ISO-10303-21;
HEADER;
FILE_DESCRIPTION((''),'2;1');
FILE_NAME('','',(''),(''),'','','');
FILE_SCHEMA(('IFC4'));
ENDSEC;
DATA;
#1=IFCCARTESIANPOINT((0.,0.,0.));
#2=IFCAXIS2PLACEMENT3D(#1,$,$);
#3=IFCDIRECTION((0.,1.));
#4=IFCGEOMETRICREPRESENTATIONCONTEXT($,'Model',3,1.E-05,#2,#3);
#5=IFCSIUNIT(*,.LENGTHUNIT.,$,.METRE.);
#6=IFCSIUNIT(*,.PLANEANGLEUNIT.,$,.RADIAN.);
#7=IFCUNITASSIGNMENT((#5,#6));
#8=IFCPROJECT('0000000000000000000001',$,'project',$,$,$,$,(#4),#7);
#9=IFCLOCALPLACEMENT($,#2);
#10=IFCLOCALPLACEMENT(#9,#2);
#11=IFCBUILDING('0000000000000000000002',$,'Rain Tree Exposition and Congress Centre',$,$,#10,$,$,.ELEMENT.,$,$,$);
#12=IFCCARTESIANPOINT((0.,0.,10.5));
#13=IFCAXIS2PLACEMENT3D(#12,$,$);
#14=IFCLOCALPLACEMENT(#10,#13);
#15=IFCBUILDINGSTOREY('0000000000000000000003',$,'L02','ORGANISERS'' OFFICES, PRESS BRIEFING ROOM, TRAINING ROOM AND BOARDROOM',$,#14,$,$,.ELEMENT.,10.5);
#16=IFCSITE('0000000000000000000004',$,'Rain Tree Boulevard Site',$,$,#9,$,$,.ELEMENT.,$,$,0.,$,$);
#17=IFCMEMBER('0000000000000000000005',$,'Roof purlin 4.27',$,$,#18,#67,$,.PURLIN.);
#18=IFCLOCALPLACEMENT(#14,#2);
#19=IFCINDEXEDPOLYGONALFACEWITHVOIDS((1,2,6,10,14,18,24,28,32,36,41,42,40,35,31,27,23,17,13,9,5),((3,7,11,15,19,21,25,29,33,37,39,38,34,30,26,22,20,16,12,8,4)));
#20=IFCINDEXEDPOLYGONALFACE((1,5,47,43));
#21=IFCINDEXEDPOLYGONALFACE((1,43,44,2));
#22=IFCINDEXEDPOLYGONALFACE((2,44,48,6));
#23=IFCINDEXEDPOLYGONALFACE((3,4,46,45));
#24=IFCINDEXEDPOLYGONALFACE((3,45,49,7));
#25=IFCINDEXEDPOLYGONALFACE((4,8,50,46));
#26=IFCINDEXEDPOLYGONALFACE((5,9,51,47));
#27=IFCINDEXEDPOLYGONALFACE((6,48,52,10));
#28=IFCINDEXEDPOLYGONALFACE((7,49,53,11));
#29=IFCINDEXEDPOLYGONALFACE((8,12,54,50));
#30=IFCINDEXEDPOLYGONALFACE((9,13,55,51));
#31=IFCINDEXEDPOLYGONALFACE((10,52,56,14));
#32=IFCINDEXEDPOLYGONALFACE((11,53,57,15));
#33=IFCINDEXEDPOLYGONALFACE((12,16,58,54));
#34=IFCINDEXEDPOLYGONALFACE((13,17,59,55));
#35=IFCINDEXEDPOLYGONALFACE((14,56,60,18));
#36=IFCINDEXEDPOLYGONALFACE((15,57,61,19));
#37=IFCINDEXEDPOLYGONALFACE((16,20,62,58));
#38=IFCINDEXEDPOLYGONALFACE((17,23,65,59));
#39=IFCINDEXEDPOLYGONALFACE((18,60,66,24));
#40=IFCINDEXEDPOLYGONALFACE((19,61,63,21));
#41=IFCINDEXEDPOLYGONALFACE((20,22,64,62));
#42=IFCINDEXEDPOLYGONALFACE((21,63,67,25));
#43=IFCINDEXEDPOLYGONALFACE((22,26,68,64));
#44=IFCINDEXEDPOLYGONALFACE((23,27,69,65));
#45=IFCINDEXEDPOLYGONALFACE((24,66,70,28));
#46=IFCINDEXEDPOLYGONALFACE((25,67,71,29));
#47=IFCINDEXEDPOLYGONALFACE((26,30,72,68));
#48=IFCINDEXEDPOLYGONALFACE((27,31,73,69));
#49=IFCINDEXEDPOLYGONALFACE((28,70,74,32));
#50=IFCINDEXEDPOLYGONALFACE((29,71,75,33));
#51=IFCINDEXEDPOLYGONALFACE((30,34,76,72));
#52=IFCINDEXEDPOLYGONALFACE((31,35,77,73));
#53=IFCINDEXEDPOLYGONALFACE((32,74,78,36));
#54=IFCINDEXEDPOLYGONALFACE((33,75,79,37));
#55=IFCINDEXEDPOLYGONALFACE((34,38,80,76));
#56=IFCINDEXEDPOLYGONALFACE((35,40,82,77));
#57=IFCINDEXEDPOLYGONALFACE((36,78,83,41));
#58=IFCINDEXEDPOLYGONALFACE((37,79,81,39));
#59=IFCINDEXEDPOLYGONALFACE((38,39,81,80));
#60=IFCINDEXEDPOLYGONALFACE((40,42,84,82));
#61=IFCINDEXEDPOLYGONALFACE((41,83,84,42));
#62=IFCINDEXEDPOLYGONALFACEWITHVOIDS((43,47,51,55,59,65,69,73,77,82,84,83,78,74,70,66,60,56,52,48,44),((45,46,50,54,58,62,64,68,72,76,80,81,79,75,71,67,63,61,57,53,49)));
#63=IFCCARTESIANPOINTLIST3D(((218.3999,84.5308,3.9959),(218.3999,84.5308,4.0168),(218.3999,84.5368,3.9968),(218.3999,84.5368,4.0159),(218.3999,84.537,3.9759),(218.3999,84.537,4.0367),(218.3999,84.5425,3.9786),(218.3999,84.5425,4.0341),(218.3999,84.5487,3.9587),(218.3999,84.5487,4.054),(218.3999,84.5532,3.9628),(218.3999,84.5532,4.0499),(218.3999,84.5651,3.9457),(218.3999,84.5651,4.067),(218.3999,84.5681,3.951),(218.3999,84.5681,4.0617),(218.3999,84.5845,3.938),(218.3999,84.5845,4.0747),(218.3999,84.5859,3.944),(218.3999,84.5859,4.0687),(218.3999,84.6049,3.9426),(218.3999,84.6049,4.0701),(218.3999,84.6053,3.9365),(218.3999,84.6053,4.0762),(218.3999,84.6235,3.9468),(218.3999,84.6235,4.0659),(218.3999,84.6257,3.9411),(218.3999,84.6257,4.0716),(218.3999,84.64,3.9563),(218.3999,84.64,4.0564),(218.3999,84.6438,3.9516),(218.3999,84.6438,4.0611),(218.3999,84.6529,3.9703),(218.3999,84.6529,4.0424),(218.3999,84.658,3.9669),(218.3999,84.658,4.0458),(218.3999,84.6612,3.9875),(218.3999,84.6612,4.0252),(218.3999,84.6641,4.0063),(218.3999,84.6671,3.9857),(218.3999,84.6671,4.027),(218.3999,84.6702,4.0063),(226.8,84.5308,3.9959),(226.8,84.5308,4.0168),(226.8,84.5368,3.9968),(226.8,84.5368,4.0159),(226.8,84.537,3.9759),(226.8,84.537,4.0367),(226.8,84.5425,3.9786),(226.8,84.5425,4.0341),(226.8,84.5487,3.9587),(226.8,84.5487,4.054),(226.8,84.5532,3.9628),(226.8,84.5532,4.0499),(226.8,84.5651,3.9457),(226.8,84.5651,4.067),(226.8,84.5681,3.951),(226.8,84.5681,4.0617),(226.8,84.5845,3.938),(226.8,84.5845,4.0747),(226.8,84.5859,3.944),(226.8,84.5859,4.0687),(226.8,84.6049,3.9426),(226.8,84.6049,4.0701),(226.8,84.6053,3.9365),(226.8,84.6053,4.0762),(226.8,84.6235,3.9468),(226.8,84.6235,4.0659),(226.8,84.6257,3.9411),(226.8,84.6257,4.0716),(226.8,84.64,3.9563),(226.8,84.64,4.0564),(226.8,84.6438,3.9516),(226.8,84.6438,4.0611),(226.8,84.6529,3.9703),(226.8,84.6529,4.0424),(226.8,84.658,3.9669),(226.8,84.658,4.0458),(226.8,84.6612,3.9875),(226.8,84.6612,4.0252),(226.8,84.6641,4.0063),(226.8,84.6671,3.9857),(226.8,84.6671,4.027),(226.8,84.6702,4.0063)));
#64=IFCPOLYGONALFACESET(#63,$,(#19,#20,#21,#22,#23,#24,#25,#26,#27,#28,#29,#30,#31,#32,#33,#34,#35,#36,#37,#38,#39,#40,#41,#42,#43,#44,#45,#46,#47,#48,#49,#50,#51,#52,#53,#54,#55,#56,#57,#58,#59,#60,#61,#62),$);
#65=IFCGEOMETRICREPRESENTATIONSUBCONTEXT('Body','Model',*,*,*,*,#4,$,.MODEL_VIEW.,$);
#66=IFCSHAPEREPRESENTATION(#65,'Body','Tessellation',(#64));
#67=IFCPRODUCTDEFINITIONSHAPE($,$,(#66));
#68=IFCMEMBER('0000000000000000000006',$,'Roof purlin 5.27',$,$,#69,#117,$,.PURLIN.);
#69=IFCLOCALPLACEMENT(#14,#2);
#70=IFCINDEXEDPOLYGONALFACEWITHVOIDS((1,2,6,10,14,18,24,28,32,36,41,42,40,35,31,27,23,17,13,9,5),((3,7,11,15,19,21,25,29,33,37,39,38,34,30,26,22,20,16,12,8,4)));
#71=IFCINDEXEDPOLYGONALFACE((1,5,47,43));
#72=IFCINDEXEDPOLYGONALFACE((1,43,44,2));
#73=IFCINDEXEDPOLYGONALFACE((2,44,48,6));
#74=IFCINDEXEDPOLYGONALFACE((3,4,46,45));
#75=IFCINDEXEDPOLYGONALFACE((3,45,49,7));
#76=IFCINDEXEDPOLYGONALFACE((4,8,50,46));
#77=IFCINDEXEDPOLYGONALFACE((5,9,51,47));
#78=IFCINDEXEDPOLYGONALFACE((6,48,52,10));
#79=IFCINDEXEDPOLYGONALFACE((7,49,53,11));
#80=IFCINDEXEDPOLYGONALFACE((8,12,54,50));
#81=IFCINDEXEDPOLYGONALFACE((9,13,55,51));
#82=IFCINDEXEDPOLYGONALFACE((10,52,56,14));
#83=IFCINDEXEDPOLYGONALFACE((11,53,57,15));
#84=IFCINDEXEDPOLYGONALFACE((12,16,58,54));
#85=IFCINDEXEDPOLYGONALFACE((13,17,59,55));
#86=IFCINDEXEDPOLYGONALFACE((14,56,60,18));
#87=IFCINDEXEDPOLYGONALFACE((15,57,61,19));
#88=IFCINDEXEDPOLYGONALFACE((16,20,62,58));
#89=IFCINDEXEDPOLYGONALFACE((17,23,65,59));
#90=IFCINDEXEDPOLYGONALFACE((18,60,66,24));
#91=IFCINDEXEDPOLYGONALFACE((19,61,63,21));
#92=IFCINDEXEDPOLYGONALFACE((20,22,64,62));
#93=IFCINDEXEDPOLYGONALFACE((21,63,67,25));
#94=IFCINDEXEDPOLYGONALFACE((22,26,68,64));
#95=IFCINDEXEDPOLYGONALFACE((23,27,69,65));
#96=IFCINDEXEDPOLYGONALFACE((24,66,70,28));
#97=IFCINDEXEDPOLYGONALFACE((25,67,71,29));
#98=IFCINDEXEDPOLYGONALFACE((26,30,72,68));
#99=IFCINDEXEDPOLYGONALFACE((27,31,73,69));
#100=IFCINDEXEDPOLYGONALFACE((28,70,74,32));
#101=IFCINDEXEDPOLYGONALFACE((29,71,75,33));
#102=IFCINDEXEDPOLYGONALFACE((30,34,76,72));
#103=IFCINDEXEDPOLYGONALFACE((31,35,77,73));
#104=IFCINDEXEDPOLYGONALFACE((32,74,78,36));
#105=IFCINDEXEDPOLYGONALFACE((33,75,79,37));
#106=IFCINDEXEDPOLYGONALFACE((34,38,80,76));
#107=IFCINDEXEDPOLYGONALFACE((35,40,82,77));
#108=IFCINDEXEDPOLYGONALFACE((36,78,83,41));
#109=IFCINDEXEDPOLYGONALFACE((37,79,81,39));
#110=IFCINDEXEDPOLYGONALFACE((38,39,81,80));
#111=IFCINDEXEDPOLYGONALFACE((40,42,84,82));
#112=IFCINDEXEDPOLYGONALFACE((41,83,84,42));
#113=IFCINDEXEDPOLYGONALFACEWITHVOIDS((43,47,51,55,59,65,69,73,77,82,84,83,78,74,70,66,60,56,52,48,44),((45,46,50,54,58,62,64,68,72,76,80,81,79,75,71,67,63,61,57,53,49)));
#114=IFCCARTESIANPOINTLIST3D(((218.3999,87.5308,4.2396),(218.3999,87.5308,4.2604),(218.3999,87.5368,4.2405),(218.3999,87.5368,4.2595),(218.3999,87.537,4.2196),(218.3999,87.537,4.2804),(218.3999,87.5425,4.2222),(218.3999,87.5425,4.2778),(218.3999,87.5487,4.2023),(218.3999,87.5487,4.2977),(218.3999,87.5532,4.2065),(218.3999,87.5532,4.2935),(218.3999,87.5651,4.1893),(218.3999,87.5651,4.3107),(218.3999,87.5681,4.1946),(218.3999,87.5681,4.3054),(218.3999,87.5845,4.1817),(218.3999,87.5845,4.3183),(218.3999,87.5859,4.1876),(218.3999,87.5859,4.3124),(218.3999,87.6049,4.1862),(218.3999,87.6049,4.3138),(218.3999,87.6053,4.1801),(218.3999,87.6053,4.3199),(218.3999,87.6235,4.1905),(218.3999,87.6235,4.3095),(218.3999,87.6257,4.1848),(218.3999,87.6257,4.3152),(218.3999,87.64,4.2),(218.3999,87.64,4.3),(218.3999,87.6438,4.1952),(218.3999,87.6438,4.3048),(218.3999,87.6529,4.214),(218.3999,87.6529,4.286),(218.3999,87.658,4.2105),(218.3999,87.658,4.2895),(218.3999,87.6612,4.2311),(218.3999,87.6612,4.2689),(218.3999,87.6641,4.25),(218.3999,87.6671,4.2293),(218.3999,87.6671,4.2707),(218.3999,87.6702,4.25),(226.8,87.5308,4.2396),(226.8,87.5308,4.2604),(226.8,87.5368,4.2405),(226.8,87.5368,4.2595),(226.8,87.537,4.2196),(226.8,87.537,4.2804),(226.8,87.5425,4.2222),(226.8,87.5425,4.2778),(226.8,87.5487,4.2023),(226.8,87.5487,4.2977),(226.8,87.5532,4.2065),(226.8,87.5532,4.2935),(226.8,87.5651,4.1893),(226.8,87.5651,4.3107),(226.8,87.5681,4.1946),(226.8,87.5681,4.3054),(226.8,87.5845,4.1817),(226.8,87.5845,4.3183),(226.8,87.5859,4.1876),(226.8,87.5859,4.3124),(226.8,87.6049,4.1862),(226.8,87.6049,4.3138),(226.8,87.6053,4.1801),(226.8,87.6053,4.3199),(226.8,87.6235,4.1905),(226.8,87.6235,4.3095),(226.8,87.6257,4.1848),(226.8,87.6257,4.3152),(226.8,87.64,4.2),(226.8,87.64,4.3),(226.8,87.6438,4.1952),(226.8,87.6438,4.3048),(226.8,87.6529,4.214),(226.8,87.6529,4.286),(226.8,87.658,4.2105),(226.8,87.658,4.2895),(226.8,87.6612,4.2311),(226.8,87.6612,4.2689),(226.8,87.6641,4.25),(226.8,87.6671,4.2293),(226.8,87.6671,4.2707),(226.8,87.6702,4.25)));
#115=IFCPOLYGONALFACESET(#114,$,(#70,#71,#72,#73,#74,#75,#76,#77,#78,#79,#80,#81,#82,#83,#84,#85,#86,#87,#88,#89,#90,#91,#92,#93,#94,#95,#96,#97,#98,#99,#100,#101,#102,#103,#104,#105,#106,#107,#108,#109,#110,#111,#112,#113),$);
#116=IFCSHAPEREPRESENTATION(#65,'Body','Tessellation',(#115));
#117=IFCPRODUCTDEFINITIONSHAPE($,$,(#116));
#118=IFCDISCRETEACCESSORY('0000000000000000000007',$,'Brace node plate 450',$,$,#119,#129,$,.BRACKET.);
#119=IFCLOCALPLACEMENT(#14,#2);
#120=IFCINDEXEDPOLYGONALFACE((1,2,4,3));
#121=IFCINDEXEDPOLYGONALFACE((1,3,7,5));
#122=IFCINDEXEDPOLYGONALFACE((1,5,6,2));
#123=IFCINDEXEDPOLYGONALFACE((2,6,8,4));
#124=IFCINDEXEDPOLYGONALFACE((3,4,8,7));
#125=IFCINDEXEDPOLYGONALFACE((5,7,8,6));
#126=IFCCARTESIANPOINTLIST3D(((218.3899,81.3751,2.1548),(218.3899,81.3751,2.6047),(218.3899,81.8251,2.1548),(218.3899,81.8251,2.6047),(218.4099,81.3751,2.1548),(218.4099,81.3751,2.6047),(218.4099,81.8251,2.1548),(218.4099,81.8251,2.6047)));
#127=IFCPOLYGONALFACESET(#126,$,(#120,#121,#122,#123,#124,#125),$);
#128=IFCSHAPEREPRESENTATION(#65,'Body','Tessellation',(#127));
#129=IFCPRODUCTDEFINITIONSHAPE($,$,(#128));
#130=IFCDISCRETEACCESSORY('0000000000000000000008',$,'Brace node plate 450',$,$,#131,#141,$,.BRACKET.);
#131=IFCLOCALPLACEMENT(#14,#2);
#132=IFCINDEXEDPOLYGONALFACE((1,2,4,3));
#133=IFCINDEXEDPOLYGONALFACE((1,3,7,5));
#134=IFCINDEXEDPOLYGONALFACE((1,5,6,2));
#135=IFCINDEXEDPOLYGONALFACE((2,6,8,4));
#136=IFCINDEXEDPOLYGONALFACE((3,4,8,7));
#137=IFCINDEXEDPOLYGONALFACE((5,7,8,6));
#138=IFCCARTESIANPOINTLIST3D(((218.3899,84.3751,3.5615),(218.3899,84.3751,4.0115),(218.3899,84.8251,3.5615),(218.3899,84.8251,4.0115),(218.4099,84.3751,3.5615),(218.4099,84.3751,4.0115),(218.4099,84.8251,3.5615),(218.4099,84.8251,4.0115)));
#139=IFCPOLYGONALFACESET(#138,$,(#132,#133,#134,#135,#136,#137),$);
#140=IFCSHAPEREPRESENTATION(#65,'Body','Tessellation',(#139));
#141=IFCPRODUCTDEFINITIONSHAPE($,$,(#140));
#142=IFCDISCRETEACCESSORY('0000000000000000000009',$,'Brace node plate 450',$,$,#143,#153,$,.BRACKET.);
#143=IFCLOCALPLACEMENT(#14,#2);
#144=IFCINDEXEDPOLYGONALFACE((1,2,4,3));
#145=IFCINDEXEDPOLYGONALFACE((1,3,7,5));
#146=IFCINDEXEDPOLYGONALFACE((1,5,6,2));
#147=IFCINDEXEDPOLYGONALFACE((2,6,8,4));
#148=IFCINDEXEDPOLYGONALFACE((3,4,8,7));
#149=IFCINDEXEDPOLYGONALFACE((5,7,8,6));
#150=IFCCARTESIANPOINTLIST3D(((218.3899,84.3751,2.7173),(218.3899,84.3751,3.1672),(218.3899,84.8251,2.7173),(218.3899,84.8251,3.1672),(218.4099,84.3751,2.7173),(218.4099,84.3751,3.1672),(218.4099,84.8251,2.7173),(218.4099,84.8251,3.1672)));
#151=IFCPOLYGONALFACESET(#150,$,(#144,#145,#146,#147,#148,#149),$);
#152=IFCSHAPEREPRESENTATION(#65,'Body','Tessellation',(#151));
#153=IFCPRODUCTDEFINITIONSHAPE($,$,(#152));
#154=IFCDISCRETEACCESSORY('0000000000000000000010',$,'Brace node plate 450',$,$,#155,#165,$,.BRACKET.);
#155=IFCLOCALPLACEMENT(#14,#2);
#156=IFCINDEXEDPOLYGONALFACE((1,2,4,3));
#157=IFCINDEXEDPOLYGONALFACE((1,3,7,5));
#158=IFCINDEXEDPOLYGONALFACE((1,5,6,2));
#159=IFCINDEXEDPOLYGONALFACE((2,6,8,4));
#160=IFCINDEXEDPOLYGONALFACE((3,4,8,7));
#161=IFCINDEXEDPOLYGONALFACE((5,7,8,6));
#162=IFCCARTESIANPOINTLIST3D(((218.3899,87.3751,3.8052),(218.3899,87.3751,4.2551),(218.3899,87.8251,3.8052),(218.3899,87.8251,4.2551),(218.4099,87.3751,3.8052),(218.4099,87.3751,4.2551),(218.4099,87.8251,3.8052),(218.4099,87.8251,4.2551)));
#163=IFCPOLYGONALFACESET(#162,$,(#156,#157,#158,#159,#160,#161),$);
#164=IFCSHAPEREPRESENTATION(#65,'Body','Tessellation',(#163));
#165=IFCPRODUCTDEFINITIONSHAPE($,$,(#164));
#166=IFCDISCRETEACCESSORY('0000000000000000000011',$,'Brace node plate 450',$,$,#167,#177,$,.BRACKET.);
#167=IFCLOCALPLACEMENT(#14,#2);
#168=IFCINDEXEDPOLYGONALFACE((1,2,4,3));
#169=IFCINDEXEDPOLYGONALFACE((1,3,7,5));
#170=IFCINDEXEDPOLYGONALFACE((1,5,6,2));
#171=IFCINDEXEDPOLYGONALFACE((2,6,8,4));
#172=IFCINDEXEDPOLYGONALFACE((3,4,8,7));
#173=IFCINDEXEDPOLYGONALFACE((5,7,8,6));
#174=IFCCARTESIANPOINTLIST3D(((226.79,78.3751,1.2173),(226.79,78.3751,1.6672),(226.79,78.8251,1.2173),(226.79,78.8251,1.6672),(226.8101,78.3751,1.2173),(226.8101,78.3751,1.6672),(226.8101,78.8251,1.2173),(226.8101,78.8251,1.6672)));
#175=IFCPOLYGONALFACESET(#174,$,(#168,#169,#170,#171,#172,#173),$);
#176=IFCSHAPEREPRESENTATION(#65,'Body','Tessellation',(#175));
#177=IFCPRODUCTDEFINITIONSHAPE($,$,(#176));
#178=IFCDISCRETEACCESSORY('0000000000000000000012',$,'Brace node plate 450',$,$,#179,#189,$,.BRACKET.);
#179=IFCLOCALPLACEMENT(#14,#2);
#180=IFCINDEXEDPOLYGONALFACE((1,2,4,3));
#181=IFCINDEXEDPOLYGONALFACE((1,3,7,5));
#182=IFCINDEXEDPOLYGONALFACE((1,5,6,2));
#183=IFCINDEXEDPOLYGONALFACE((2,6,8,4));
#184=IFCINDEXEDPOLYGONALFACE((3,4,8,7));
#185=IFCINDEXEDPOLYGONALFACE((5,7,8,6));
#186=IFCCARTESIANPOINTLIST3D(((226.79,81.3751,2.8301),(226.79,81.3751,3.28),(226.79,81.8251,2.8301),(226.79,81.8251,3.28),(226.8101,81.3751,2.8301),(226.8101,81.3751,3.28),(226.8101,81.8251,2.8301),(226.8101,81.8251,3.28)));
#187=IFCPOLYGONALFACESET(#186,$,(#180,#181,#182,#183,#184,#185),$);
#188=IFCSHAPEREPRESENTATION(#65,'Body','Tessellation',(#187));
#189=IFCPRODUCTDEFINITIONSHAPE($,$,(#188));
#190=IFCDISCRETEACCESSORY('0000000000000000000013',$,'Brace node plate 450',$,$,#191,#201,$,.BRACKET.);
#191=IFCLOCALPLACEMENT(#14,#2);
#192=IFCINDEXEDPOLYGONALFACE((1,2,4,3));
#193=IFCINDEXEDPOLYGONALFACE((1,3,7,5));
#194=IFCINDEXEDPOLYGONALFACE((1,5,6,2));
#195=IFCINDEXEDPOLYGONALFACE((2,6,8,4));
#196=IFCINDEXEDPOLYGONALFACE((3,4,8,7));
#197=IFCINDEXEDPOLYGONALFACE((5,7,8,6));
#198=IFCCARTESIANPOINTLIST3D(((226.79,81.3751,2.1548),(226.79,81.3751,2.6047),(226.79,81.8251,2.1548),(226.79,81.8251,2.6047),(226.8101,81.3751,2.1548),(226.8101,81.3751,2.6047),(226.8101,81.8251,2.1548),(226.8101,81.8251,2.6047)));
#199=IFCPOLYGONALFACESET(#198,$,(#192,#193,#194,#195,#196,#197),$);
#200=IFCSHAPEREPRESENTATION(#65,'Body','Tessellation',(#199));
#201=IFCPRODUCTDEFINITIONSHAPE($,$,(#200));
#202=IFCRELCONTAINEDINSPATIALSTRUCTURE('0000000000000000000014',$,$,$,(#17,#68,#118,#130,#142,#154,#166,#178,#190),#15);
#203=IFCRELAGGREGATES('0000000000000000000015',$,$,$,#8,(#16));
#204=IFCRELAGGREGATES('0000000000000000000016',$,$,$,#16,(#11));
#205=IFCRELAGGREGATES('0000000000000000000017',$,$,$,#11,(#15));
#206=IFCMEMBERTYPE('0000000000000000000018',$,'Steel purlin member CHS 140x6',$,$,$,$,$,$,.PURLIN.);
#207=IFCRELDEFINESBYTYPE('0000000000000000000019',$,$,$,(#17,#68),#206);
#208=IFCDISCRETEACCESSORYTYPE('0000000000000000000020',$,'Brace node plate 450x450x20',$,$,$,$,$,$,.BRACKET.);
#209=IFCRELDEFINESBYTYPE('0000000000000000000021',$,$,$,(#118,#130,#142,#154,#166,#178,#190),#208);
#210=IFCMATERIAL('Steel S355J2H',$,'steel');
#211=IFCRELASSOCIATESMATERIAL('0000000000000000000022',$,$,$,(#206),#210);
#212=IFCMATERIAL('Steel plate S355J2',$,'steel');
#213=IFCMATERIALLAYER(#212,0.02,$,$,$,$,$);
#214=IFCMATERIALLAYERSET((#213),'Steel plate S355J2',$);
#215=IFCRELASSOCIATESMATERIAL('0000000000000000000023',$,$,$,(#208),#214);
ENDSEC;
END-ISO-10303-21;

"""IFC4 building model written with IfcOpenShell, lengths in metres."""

from ifc_helpers import new_model, si_unit, direction, frame, origin, origin_2d, place, context, subcontext, project, spatial, rectangle, hollow_circle, extrude, material, layer, layer_set, material_profile, profile_set, type_object, element, save


model = new_model("IFC4")

# Units and contexts
model_context = context("Model", 3, precision=1e-05, world=origin(), true_north=direction((0.0, 1.0)))
body_context = subcontext(model_context, "Body", "Model", "MODEL_VIEW")
ifc_project = project(units=[si_unit("LENGTHUNIT", "METRE"), si_unit("PLANEANGLEUNIT", "RADIAN")], contexts=[model_context])

# Site, building, storey
site_placement = place(None, origin())
site = spatial("IfcSite", under=ifc_project, at=site_placement, Name="Rain Tree Boulevard Site", CompositionType="ELEMENT", RefElevation=0.0)
building_placement = place(site_placement, origin())
building = spatial("IfcBuilding", under=site, at=building_placement, Name="Rain Tree Exposition and Congress Centre", CompositionType="ELEMENT")
storey_placement = place(building_placement, frame((0.0, 0.0, 10.5)))
storey = spatial("IfcBuildingStorey", under=building, at=storey_placement, Name="L02", Description="ORGANISERS' OFFICES, PRESS BRIEFING ROOM, TRAINING ROOM AND BOARDROOM", CompositionType="ELEMENT", Elevation=10.5)

# Members
ifc_material_1 = material(Name="Steel S355J2H", Category="steel")
ifc_material_profile_1 = material_profile(ifc_material_1, hollow_circle(Radius=0.0701, WallThickness=0.0061, at=origin_2d()), Name="CHS 140x6")
ifc_profile_set_1 = profile_set([ifc_material_profile_1], Name="Steel S355J2H")
member_type_1 = type_object("IfcMemberType", Name="Steel purlin member CHS 140x6", PredefinedType="PURLIN", material=ifc_profile_set_1)
for number, where, z_axis, x_axis, name in (
    (1, (218.3999, 84.6001, 4.0063), (1.0, 0.0, 0.0), (0.0, 1.0, 0.0), "Roof purlin 4.27"),
    (2, (218.3999, 87.6001, 4.25), (1.0, 0.0, 0.0), (0.0, 1.0, 0.0), "Roof purlin 5.27"),
):
    element("IfcMember", number, at=place(storey_placement, frame(where, z_axis=z_axis, x_axis=x_axis)), inside=storey, type_object=member_type_1, Name=name, PredefinedType="PURLIN", context=body_context, shape_type="SweptSolid", body=[
        extrude(hollow_circle(Radius=0.0701, WallThickness=0.0061, at=origin_2d()), origin(), (0.0, 0.0, 1.0), 8.4001),
    ])

# Discrete accessories
ifc_material_2 = material(Name="Steel plate S355J2", Category="steel")
ifc_layer = layer(ifc_material_2, 0.02)
ifc_layer_set = layer_set([ifc_layer], Name="Steel plate S355J2")
discrete_accessory_type = type_object("IfcDiscreteAccessoryType", Name="Brace node plate 450x450x20", PredefinedType="BRACKET", material=ifc_layer_set)
for number, where, z_axis, x_axis, name in (
    (3, (218.3999, 81.6001, 2.1548), (0.0, 0.0, 1.0), (0.0, 1.0, 0.0), "Brace node plate 450"),
    (4, (218.3999, 84.6001, 3.5615), (0.0, 0.0, 1.0), (0.0, -1.0, 0.0), "Brace node plate 450"),
    (5, (218.3999, 84.6001, 2.7173), (0.0, 0.0, 1.0), (0.0, 1.0, 0.0), "Brace node plate 450"),
    (6, (218.3999, 87.6001, 3.8052), (0.0, 0.0, 1.0), (0.0, 1.0, 0.0), "Brace node plate 450"),
    (7, (226.8, 78.6001, 1.2173), (0.0, 0.0, 1.0), (0.0, 1.0, 0.0), "Brace node plate 450"),
    (8, (226.8, 81.6001, 2.8301), (0.0, 0.0, 1.0), (0.0, -1.0, 0.0), "Brace node plate 450"),
    (9, (226.8, 81.6001, 2.1548), (0.0, 0.0, 1.0), (0.0, 1.0, 0.0), "Brace node plate 450"),
):
    element("IfcDiscreteAccessory", number, at=place(storey_placement, frame(where, z_axis=z_axis, x_axis=x_axis)), inside=storey, type_object=discrete_accessory_type, Name=name, PredefinedType="BRACKET", context=body_context, shape_type="SweptSolid", body=[
        extrude(rectangle(XDim=0.45, YDim=0.02, at=origin_2d()), origin(), (0.0, 0.0, 1.0), 0.45),
    ])

save(model, "model.ifc")
